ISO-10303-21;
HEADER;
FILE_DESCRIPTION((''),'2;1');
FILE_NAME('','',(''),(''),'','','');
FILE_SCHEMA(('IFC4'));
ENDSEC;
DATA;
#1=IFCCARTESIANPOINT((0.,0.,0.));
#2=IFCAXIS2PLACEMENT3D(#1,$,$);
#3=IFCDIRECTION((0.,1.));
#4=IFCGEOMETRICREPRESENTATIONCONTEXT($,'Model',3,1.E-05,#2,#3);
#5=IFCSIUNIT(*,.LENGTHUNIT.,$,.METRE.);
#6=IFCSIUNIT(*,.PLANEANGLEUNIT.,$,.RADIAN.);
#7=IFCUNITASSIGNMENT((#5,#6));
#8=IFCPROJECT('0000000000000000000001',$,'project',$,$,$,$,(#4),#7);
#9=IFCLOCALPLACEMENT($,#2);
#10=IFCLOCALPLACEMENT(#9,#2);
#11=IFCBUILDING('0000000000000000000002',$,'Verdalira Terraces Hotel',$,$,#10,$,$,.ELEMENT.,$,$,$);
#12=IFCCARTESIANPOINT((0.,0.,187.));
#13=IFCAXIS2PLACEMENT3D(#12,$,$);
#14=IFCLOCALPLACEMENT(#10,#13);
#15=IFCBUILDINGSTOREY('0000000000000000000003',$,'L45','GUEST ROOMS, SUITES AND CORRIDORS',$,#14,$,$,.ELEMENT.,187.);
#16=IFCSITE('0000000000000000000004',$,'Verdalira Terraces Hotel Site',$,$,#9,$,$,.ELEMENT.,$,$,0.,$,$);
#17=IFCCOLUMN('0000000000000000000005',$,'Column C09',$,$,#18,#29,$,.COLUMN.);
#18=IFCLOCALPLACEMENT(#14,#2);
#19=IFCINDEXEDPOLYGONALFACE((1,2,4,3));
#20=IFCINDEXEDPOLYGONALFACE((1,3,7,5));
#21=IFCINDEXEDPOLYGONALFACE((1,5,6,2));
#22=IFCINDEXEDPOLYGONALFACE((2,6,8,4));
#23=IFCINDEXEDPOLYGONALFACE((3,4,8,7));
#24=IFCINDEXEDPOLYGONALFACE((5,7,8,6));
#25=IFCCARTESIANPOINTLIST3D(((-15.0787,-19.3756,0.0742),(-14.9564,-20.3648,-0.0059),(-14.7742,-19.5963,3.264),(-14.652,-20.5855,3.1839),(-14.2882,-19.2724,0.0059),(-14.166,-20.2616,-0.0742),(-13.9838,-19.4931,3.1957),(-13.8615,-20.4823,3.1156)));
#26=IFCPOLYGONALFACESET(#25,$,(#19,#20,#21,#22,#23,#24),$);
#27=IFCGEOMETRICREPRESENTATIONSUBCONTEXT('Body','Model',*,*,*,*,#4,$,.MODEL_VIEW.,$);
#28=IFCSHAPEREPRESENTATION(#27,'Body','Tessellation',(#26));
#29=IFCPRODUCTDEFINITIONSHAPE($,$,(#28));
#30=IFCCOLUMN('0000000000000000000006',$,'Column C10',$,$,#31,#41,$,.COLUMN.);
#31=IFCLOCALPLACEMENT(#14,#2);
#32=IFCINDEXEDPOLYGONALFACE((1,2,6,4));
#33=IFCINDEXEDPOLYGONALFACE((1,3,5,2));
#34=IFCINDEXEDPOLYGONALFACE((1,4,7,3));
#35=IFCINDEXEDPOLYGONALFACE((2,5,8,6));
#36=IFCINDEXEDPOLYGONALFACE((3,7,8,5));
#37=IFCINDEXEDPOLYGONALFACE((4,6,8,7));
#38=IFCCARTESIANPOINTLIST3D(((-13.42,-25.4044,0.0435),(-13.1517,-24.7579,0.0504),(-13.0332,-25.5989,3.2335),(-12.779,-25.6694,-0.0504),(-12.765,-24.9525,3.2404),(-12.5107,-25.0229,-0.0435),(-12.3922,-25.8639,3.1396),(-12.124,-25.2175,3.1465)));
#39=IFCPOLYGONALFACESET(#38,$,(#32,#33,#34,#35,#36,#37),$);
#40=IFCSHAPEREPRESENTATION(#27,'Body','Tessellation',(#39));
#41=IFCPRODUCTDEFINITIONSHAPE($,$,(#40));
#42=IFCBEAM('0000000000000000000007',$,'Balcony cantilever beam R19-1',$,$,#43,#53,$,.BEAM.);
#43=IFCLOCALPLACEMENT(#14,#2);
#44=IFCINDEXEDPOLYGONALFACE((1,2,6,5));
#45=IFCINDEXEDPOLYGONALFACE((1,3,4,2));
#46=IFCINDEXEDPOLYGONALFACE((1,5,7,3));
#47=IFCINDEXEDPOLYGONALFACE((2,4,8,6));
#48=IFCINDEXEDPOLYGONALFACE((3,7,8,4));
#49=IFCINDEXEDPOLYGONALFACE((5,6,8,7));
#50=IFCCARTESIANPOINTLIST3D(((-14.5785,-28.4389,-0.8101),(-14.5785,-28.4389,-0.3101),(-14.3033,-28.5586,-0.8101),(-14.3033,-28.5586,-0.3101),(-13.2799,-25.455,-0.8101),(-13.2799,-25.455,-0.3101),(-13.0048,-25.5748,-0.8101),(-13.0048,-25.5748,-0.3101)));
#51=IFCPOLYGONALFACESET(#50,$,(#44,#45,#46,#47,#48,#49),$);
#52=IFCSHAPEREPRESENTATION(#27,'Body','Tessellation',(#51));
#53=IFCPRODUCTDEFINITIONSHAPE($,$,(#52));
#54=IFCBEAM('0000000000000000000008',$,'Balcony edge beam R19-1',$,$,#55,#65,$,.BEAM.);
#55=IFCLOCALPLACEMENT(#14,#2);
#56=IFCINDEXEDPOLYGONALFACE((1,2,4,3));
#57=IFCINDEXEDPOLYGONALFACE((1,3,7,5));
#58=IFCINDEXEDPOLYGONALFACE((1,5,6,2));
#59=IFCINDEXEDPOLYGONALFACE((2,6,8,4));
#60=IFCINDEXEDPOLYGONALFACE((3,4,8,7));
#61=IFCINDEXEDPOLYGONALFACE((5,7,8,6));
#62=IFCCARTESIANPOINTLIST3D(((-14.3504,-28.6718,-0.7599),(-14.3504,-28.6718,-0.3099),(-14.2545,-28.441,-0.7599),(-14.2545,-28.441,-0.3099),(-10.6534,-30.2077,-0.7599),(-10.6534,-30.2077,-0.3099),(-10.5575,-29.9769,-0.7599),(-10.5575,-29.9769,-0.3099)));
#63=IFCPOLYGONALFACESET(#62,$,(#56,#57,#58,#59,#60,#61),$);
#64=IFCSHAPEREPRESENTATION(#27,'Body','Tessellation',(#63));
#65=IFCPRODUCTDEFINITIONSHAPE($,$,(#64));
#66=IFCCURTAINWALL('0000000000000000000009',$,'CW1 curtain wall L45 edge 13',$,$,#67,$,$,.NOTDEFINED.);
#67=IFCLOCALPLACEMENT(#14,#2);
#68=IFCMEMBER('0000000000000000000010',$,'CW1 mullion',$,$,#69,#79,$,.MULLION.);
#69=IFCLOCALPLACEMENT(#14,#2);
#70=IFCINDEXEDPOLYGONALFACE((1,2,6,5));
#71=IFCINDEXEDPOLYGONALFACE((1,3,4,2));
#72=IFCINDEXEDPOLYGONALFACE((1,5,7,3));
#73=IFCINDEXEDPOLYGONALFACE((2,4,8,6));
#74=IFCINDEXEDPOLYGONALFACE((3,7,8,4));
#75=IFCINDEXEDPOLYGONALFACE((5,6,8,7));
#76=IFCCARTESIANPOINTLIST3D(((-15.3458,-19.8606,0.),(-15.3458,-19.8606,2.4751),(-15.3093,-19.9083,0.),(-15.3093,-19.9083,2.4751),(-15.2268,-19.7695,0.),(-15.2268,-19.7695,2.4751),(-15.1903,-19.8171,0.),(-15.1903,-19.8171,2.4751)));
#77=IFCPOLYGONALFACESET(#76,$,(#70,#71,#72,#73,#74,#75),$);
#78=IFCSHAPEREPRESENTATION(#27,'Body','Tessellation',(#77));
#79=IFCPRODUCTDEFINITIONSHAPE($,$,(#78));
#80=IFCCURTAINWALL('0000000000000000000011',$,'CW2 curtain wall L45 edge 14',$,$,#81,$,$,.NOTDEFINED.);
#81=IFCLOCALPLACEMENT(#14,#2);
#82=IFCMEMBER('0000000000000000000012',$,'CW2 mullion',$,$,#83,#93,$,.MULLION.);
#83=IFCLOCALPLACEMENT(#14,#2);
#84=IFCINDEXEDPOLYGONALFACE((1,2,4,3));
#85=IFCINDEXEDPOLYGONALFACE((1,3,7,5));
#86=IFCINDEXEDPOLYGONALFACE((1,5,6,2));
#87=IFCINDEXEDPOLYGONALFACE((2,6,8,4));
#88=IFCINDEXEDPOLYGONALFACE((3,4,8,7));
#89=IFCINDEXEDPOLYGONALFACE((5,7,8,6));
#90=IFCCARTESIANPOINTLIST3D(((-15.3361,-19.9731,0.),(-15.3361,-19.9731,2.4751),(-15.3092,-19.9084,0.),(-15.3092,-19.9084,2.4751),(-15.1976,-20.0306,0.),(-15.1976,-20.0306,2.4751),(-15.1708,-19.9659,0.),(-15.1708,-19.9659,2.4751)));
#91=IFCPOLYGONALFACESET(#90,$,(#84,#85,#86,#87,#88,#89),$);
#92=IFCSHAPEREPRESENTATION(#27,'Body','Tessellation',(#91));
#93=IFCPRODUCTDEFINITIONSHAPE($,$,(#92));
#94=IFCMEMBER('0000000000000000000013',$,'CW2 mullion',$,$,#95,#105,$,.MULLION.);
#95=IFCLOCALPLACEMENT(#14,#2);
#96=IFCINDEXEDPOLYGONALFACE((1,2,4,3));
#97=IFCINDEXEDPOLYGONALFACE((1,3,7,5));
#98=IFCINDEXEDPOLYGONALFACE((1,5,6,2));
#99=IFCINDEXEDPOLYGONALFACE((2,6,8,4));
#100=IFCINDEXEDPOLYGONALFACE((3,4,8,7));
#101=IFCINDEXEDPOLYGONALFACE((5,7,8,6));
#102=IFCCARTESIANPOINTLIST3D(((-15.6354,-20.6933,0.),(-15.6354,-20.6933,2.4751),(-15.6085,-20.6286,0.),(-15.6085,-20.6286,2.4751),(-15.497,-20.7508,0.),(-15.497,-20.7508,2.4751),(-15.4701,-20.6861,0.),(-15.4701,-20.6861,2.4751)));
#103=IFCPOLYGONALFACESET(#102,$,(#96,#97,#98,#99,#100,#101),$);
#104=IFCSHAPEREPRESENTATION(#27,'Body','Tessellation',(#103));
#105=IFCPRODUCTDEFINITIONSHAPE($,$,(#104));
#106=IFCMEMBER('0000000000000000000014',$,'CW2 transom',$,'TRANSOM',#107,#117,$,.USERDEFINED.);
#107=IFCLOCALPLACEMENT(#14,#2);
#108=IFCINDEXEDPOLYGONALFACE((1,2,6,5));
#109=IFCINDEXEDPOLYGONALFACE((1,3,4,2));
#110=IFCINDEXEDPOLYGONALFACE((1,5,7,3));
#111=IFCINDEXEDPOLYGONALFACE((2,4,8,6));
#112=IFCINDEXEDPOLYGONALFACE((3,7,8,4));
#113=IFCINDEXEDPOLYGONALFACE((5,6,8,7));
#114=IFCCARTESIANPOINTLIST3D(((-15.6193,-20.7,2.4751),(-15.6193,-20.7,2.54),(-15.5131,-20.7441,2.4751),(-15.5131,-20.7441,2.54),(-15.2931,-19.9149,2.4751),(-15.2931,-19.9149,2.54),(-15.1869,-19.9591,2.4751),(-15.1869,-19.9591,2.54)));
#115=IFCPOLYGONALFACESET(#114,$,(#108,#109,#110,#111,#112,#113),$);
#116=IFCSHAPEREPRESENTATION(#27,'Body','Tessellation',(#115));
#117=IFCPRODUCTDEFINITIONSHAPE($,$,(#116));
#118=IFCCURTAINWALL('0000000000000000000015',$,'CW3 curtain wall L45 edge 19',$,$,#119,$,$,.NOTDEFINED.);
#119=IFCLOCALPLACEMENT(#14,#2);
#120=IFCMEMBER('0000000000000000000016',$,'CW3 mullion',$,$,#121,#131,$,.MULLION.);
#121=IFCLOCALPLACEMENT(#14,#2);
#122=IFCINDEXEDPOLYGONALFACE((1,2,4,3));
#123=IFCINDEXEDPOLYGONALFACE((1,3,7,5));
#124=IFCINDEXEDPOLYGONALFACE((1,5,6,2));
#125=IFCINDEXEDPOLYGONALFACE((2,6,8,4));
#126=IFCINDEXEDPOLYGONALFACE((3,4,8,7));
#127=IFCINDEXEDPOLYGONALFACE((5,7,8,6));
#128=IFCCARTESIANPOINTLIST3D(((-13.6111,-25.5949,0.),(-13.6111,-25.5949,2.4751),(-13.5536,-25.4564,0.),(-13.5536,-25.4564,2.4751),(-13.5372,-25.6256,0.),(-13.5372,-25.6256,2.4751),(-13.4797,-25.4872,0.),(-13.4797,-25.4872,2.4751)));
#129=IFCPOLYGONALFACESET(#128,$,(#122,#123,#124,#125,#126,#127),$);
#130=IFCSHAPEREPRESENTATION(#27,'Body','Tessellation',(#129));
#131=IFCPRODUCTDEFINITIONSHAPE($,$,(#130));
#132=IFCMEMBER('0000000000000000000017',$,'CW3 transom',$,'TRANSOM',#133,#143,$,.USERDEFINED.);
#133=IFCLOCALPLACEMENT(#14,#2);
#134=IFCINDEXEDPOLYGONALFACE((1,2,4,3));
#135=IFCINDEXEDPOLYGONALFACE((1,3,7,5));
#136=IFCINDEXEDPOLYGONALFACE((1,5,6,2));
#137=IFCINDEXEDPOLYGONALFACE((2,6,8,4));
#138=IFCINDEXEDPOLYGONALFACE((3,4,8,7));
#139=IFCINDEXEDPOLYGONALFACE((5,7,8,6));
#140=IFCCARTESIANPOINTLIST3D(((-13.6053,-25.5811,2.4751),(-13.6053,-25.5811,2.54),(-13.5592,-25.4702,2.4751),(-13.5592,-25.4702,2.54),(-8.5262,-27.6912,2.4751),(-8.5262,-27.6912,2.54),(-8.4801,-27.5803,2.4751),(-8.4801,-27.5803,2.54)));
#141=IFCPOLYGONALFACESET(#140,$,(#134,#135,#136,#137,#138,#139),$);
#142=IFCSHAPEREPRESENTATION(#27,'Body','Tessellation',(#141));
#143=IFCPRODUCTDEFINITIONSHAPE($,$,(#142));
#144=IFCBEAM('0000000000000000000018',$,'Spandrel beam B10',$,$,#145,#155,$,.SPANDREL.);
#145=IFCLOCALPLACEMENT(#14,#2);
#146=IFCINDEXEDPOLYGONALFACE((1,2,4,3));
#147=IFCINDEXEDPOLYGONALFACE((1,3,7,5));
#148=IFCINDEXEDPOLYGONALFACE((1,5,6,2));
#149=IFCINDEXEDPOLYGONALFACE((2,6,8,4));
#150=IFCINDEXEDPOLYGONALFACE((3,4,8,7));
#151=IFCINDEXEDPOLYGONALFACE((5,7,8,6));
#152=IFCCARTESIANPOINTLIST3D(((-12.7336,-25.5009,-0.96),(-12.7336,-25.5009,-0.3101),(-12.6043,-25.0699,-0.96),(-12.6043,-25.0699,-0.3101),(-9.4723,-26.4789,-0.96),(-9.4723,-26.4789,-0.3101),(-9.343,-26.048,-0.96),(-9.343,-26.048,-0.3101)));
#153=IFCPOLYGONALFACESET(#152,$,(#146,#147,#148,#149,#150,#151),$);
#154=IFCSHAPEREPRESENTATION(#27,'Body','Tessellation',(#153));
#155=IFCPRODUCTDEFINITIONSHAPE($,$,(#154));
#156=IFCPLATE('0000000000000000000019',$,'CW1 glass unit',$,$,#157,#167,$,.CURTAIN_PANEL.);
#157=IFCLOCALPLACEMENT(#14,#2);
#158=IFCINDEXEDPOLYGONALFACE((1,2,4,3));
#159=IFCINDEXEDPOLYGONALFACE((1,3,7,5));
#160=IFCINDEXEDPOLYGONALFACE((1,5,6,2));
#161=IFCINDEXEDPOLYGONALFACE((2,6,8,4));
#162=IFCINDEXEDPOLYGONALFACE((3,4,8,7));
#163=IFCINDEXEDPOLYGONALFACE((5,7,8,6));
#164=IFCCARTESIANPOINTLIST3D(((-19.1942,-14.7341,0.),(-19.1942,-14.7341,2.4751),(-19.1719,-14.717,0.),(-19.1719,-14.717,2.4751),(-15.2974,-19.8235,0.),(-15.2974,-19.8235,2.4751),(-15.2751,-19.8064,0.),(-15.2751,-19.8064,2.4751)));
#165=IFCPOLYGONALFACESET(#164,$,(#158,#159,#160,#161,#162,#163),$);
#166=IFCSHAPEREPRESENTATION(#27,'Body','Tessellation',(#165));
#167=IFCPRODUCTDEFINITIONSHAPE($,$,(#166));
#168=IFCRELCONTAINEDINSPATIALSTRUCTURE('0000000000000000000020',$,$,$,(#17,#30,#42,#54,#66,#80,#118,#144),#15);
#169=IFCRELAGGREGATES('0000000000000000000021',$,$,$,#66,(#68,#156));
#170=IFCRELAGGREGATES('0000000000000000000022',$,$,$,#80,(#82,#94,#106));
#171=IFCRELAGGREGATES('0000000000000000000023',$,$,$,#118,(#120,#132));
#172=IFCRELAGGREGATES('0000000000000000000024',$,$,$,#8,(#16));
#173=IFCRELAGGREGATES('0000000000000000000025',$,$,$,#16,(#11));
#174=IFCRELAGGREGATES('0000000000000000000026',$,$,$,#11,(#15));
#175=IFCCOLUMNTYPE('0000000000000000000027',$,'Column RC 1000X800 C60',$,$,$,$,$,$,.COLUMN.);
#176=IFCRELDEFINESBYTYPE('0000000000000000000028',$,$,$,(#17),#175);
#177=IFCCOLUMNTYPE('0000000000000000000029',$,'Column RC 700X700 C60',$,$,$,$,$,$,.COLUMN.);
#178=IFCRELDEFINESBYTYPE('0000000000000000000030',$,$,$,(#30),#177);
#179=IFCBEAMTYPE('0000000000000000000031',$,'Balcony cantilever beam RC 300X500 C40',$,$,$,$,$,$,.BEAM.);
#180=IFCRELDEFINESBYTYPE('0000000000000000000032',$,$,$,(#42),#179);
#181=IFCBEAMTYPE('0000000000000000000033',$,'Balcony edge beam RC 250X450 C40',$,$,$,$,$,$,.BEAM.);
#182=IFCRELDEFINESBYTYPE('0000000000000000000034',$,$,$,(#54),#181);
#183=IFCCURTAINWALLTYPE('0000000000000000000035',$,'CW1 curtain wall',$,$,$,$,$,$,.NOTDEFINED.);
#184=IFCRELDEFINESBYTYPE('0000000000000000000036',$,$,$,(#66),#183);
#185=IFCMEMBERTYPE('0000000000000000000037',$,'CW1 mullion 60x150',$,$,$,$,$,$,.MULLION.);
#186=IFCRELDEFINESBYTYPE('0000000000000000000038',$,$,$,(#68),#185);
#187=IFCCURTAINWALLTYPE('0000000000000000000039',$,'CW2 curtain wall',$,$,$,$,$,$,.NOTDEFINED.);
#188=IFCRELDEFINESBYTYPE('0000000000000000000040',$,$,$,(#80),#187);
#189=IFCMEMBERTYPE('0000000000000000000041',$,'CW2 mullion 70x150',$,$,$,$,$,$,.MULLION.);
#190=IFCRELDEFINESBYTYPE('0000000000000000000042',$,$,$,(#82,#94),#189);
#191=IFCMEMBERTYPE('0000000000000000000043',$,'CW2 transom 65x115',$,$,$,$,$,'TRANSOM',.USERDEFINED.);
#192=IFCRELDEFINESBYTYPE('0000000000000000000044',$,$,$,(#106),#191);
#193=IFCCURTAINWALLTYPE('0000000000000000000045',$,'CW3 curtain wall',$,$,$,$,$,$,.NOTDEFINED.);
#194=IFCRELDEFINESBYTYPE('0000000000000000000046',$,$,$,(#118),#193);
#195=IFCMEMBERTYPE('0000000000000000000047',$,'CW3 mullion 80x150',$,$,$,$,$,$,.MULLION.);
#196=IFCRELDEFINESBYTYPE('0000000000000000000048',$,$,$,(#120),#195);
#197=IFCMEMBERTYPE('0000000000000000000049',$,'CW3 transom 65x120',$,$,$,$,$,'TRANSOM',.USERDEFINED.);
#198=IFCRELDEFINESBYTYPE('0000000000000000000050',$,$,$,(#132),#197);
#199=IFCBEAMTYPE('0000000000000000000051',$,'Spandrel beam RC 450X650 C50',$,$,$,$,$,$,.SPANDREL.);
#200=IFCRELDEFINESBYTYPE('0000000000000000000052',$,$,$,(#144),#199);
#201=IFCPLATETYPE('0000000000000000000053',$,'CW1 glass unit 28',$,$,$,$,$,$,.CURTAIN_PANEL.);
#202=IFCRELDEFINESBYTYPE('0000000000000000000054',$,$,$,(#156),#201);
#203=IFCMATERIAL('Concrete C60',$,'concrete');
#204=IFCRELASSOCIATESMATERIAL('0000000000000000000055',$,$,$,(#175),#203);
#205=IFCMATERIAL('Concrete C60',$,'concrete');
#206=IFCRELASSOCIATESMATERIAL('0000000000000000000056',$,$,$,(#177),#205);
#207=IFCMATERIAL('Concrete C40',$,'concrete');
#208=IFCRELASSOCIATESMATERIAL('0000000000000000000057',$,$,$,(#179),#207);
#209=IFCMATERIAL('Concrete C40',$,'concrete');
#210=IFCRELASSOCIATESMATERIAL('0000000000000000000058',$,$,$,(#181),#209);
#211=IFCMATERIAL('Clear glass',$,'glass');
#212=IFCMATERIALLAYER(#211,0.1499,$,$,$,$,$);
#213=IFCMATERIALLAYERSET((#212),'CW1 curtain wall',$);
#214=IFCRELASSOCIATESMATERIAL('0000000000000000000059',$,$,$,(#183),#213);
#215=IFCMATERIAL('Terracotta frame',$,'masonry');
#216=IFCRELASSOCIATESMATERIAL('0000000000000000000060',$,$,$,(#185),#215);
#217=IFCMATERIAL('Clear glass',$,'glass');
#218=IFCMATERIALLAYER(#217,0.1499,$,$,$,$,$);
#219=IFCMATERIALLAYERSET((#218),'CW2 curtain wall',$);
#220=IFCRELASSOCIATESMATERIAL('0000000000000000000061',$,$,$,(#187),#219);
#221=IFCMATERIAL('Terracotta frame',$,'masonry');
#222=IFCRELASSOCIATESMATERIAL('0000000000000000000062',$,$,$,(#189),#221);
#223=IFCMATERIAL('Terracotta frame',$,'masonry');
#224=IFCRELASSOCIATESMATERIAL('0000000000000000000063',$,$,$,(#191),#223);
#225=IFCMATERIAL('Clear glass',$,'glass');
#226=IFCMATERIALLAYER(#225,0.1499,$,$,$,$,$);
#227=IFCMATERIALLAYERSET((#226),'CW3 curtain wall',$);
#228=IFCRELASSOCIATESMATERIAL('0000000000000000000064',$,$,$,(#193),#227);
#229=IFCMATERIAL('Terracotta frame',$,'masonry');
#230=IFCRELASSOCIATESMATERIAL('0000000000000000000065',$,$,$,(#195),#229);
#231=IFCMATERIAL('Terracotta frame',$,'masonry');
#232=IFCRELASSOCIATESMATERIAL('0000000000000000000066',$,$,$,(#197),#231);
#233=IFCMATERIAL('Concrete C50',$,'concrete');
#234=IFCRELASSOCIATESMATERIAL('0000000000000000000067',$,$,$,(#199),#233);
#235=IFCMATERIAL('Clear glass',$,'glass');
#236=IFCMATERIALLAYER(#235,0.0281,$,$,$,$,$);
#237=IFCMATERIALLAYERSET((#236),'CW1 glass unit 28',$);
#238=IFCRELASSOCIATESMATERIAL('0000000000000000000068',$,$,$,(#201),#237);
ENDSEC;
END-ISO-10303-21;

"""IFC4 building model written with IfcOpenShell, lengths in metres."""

from ifc_helpers import new_model, si_unit, direction, frame, origin, origin_2d, place, context, subcontext, project, spatial, rectangle, extrude, material, layer, layer_set, material_profile, profile_set, type_object, element, aggregate, save


model = new_model("IFC4")

# Units and contexts
model_context = context("Model", 3, precision=1e-05, world=origin(), true_north=direction((0.0, 1.0)))
body_context = subcontext(model_context, "Body", "Model", "MODEL_VIEW")
ifc_project = project(units=[si_unit("LENGTHUNIT", "METRE"), si_unit("PLANEANGLEUNIT", "RADIAN")], contexts=[model_context])

# Site, building, storey
site_placement = place(None, origin())
site = spatial("IfcSite", under=ifc_project, at=site_placement, Name="Verdalira Terraces Hotel Site", CompositionType="ELEMENT", RefElevation=0.0)
building_placement = place(site_placement, origin())
building = spatial("IfcBuilding", under=site, at=building_placement, Name="Verdalira Terraces Hotel", CompositionType="ELEMENT")
storey_placement = place(building_placement, frame((0.0, 0.0, 187.0)))
storey = spatial("IfcBuildingStorey", under=building, at=storey_placement, Name="L45", Description="GUEST ROOMS, SUITES AND CORRIDORS", CompositionType="ELEMENT", Elevation=187.0)

# Columns
ifc_material_1 = material(Name="Concrete C60", Category="concrete")
ifc_material_profile_1 = material_profile(ifc_material_1, rectangle(XDim=1.0, YDim=0.8, at=origin_2d()), Name="RC 1000X800")
ifc_profile_set_1 = profile_set([ifc_material_profile_1], Name="Concrete C60")
column_type_1 = type_object("IfcColumnType", Name="Column RC 1000X800 C60", PredefinedType="COLUMN", material=ifc_profile_set_1)
column_1_placement = place(storey_placement, frame((-14.6223, -19.8186, 0.0), z_axis=(0.094782, -0.068711, 0.993124), x_axis=(-0.122269, 0.989258, 0.080113)))
element("IfcColumn", 1, at=column_1_placement, inside=storey, type_object=column_type_1, Name="Column C09", PredefinedType="COLUMN", context=body_context, shape_type="SweptSolid", body=[
    extrude(rectangle(XDim=1.0, YDim=0.8, at=origin_2d()), origin(), (0.0, 0.0, 1.0), 3.2119),
])
ifc_material_2 = material(Name="Concrete C60", Category="concrete")
ifc_material_profile_2 = material_profile(ifc_material_2, rectangle(XDim=0.7, YDim=0.7, at=origin_2d()), Name="RC 700X700")
ifc_profile_set_2 = profile_set([ifc_material_profile_2], Name="Concrete C60")
column_type_2 = type_object("IfcColumnType", Name="Column RC 700X700 C60", PredefinedType="COLUMN", material=ifc_profile_set_2)
column_2_placement = place(storey_placement, frame((-12.9653, -25.2136, 0.0), z_axis=(0.120129, -0.060444, 0.990916), x_axis=(0.915799, -0.378584, -0.134116)))
element("IfcColumn", 2, at=column_2_placement, inside=storey, type_object=column_type_2, Name="Column C10", PredefinedType="COLUMN", context=body_context, shape_type="SweptSolid", body=[
    extrude(rectangle(XDim=0.7, YDim=0.7, at=origin_2d()), origin(), (0.0, 0.0, 1.0), 3.2192),
])

# Beams
ifc_material_3 = material(Name="Concrete C40", Category="concrete")
ifc_material_profile_3 = material_profile(ifc_material_3, rectangle(XDim=0.3, YDim=0.5, at=origin_2d()), Name="RC 300X500")
ifc_profile_set_3 = profile_set([ifc_material_profile_3], Name="Concrete C40")
beam_type_1 = type_object("IfcBeamType", Name="Balcony cantilever beam RC 300X500 C40", PredefinedType="BEAM", material=ifc_profile_set_3)
beam_1_placement = place(storey_placement, frame((-13.1423, -25.5149, -0.5601), z_axis=(-0.399047, -0.91693, 0.0), x_axis=(0.91693, -0.399047, 0.0)))
element("IfcBeam", 3, at=beam_1_placement, inside=storey, type_object=beam_type_1, Name="Balcony cantilever beam R19-1", PredefinedType="BEAM", context=body_context, shape_type="SweptSolid", body=[
    extrude(rectangle(XDim=0.3, YDim=0.5, at=origin_2d()), origin(), (0.0, 0.0, 1.0), 3.2542),
])
ifc_material_4 = material(Name="Concrete C40", Category="concrete")
ifc_material_profile_4 = material_profile(ifc_material_4, rectangle(XDim=0.25, YDim=0.45, at=origin_2d()), Name="RC 250X450")
ifc_profile_set_4 = profile_set([ifc_material_profile_4], Name="Concrete C40")
beam_type_2 = type_object("IfcBeamType", Name="Balcony edge beam RC 250X450 C40", PredefinedType="BEAM", material=ifc_profile_set_4)
beam_2_placement = place(storey_placement, frame((-14.3025, -28.5564, -0.5349), z_axis=(0.923479, -0.38365, 0.0), x_axis=(0.38365, 0.923479, 0.0)))
element("IfcBeam", 4, at=beam_2_placement, inside=storey, type_object=beam_type_2, Name="Balcony edge beam R19-1", PredefinedType="BEAM", context=body_context, shape_type="SweptSolid", body=[
    extrude(rectangle(XDim=0.25, YDim=0.45, at=origin_2d()), origin(), (0.0, 0.0, 1.0), 4.0034),
])

# Curtain wall, member
ifc_material_5 = material(Name="Clear glass", Category="glass")
ifc_layer_1 = layer(ifc_material_5, 0.1499)
ifc_layer_set_1 = layer_set([ifc_layer_1], Name="CW1 curtain wall")
curtain_wall_type_1 = type_object("IfcCurtainWallType", Name="CW1 curtain wall", PredefinedType="NOTDEFINED", material=ifc_layer_set_1)
curtain_wall_1_placement = place(storey_placement, origin())
curtain_wall_1 = element("IfcCurtainWall", 5, at=curtain_wall_1_placement, inside=storey, type_object=curtain_wall_type_1, Name="CW1 curtain wall L45 edge 13", PredefinedType="NOTDEFINED")
ifc_material_6 = material(Name="Terracotta frame", Category="masonry")
ifc_material_profile_5 = material_profile(ifc_material_6, rectangle(XDim=0.0601, YDim=0.1499, at=origin_2d()), Name="MU 60x150")
ifc_profile_set_5 = profile_set([ifc_material_profile_5], Name="Terracotta frame")
member_type_1 = type_object("IfcMemberType", Name="CW1 mullion 60x150", PredefinedType="MULLION", material=ifc_profile_set_5)
member_1_placement = place(storey_placement, frame((-15.2681, -19.8389, 0.0), z_axis=(0.0, 0.0, 1.0), x_axis=(0.60793, -0.79399, 0.0)))
member_1 = element("IfcMember", 6, at=member_1_placement, type_object=member_type_1, Name="CW1 mullion", PredefinedType="MULLION", context=body_context, shape_type="SweptSolid", body=[
    extrude(rectangle(XDim=0.0601, YDim=0.1499, at=origin_2d()), origin(), (0.0, 0.0, 1.0), 2.4751),
])

# Curtain walls, members
ifc_material_7 = material(Name="Clear glass", Category="glass")
ifc_layer_2 = layer(ifc_material_7, 0.1499)
ifc_layer_set_2 = layer_set([ifc_layer_2], Name="CW2 curtain wall")
curtain_wall_type_2 = type_object("IfcCurtainWallType", Name="CW2 curtain wall", PredefinedType="NOTDEFINED", material=ifc_layer_set_2)
curtain_wall_2_placement = place(storey_placement, origin())
curtain_wall_2 = element("IfcCurtainWall", 7, at=curtain_wall_2_placement, inside=storey, type_object=curtain_wall_type_2, Name="CW2 curtain wall L45 edge 14", PredefinedType="NOTDEFINED")
ifc_material_8 = material(Name="Terracotta frame", Category="masonry")
ifc_material_profile_6 = material_profile(ifc_material_8, rectangle(XDim=0.0701, YDim=0.1499, at=origin_2d()), Name="MU 70x150")
ifc_profile_set_6 = profile_set([ifc_material_profile_6], Name="Terracotta frame")
member_type_2 = type_object("IfcMemberType", Name="CW2 mullion 70x150", PredefinedType="MULLION", material=ifc_profile_set_6)
member_2_placement = place(storey_placement, frame((-15.2534, -19.9695, 0.0), z_axis=(0.0, 0.0, 1.0), x_axis=(-0.383651, -0.923478, 0.0)))
member_2 = element("IfcMember", 8, at=member_2_placement, type_object=member_type_2, Name="CW2 mullion", PredefinedType="MULLION", context=body_context, shape_type="SweptSolid", body=[
    extrude(rectangle(XDim=0.0701, YDim=0.1499, at=origin_2d()), origin(), (0.0, 0.0, 1.0), 2.4751),
])
member_3_placement = place(storey_placement, frame((-15.5527, -20.6897, 0.0), z_axis=(0.0, 0.0, 1.0), x_axis=(-0.383651, -0.923478, 0.0)))
member_3 = element("IfcMember", 9, at=member_3_placement, type_object=member_type_2, Name="CW2 mullion", PredefinedType="MULLION", context=body_context, shape_type="SweptSolid", body=[
    extrude(rectangle(XDim=0.0701, YDim=0.1499, at=origin_2d()), origin(), (0.0, 0.0, 1.0), 2.4751),
])
ifc_material_9 = material(Name="Terracotta frame", Category="masonry")
ifc_material_profile_7 = material_profile(ifc_material_9, rectangle(XDim=0.115, YDim=0.0649, at=origin_2d()), Name="TR 65x115")
ifc_profile_set_7 = profile_set([ifc_material_profile_7], Name="Terracotta frame")
member_type_3 = type_object("IfcMemberType", Name="CW2 transom 65x115", ElementType="TRANSOM", PredefinedType="USERDEFINED", material=ifc_profile_set_7)
member_4_placement = place(storey_placement, frame((-15.24, -19.937, 2.5076), z_axis=(-0.383738, -0.923442, 0.0), x_axis=(0.923442, -0.383738, 0.0)))
member_4 = element("IfcMember", 10, at=member_4_placement, type_object=member_type_3, Name="CW2 transom", ObjectType="TRANSOM", PredefinedType="USERDEFINED", context=body_context, shape_type="SweptSolid", body=[
    extrude(rectangle(XDim=0.115, YDim=0.0649, at=origin_2d()), origin(), (0.0, 0.0, 1.0), 0.8501),
])
ifc_material_10 = material(Name="Clear glass", Category="glass")
ifc_layer_3 = layer(ifc_material_10, 0.1499)
ifc_layer_set_3 = layer_set([ifc_layer_3], Name="CW3 curtain wall")
curtain_wall_type_3 = type_object("IfcCurtainWallType", Name="CW3 curtain wall", PredefinedType="NOTDEFINED", material=ifc_layer_set_3)
curtain_wall_3_placement = place(storey_placement, origin())
curtain_wall_3 = element("IfcCurtainWall", 11, at=curtain_wall_3_placement, inside=storey, type_object=curtain_wall_type_3, Name="CW3 curtain wall L45 edge 19", PredefinedType="NOTDEFINED")
ifc_material_11 = material(Name="Terracotta frame", Category="masonry")
ifc_material_profile_8 = material_profile(ifc_material_11, rectangle(XDim=0.0801, YDim=0.1499, at=origin_2d()), Name="MU 80x150")
ifc_profile_set_8 = profile_set([ifc_material_profile_8], Name="Terracotta frame")
member_type_4 = type_object("IfcMemberType", Name="CW3 mullion 80x150", PredefinedType="MULLION", material=ifc_profile_set_8)
member_5_placement = place(storey_placement, frame((-13.5454, -25.541, 0.0), z_axis=(0.0, 0.0, 1.0), x_axis=(0.923478, -0.383651, 0.0)))
member_5 = element("IfcMember", 12, at=member_5_placement, type_object=member_type_4, Name="CW3 mullion", PredefinedType="MULLION", context=body_context, shape_type="SweptSolid", body=[
    extrude(rectangle(XDim=0.0801, YDim=0.1499, at=origin_2d()), origin(), (0.0, 0.0, 1.0), 2.4751),
])
ifc_material_12 = material(Name="Terracotta frame", Category="masonry")
ifc_material_profile_9 = material_profile(ifc_material_12, rectangle(XDim=0.1201, YDim=0.0649, at=origin_2d()), Name="TR 65x120")
ifc_profile_set_9 = profile_set([ifc_material_profile_9], Name="Terracotta frame")
member_type_5 = type_object("IfcMemberType", Name="CW3 transom 65x120", ElementType="TRANSOM", PredefinedType="USERDEFINED", material=ifc_profile_set_9)
member_6_placement = place(storey_placement, frame((-13.5823, -25.5256, 2.5076), z_axis=(0.923476, -0.383657, 0.0), x_axis=(0.383657, 0.923476, 0.0)))
member_6 = element("IfcMember", 13, at=member_6_placement, type_object=member_type_5, Name="CW3 transom", ObjectType="TRANSOM", PredefinedType="USERDEFINED", context=body_context, shape_type="SweptSolid", body=[
    extrude(rectangle(XDim=0.1201, YDim=0.0649, at=origin_2d()), origin(), (0.0, 0.0, 1.0), 5.5),
])

# Beam
ifc_material_13 = material(Name="Concrete C50", Category="concrete")
ifc_material_profile_10 = material_profile(ifc_material_13, rectangle(XDim=0.45, YDim=0.6499, at=origin_2d()), Name="RC 450X650")
ifc_profile_set_10 = profile_set([ifc_material_profile_10], Name="Concrete C50")
beam_type_3 = type_object("IfcBeamType", Name="Spandrel beam RC 450X650 C50", PredefinedType="SPANDREL", material=ifc_profile_set_10)
beam_3_placement = place(storey_placement, frame((-12.6689, -25.2854, -0.635), z_axis=(0.957854, -0.287256, 0.0), x_axis=(0.287256, 0.957854, 0.0)))
element("IfcBeam", 14, at=beam_3_placement, inside=storey, type_object=beam_type_3, Name="Spandrel beam B10", PredefinedType="SPANDREL", context=body_context, shape_type="SweptSolid", body=[
    extrude(rectangle(XDim=0.45, YDim=0.6499, at=origin_2d()), origin(), (0.0, 0.0, 1.0), 3.4048),
])

# Plate
ifc_material_14 = material(Name="Clear glass", Category="glass")
ifc_layer_4 = layer(ifc_material_14, 0.0281)
ifc_layer_set_4 = layer_set([ifc_layer_4], Name="CW1 glass unit 28")
plate_type_1 = type_object("IfcPlateType", Name="CW1 glass unit 28", PredefinedType="CURTAIN_PANEL", material=ifc_layer_set_4)
plate_1_placement = place(storey_placement, frame((-17.2346, -17.2703, 0.0), z_axis=(0.0, 0.0, 1.0), x_axis=(0.60793, -0.79399, 0.0)))
plate_1 = element("IfcPlate", 15, at=plate_1_placement, type_object=plate_type_1, Name="CW1 glass unit", PredefinedType="CURTAIN_PANEL", context=body_context, shape_type="SweptSolid", body=[
    extrude(rectangle(XDim=6.4099, YDim=0.0281, at=origin_2d()), origin(), (0.0, 0.0, 1.0), 2.4751),
])
aggregate(curtain_wall_1, [member_1, plate_1])
aggregate(curtain_wall_2, [member_2, member_3, member_4])
aggregate(curtain_wall_3, [member_5, member_6])

save(model, "model.ifc")
